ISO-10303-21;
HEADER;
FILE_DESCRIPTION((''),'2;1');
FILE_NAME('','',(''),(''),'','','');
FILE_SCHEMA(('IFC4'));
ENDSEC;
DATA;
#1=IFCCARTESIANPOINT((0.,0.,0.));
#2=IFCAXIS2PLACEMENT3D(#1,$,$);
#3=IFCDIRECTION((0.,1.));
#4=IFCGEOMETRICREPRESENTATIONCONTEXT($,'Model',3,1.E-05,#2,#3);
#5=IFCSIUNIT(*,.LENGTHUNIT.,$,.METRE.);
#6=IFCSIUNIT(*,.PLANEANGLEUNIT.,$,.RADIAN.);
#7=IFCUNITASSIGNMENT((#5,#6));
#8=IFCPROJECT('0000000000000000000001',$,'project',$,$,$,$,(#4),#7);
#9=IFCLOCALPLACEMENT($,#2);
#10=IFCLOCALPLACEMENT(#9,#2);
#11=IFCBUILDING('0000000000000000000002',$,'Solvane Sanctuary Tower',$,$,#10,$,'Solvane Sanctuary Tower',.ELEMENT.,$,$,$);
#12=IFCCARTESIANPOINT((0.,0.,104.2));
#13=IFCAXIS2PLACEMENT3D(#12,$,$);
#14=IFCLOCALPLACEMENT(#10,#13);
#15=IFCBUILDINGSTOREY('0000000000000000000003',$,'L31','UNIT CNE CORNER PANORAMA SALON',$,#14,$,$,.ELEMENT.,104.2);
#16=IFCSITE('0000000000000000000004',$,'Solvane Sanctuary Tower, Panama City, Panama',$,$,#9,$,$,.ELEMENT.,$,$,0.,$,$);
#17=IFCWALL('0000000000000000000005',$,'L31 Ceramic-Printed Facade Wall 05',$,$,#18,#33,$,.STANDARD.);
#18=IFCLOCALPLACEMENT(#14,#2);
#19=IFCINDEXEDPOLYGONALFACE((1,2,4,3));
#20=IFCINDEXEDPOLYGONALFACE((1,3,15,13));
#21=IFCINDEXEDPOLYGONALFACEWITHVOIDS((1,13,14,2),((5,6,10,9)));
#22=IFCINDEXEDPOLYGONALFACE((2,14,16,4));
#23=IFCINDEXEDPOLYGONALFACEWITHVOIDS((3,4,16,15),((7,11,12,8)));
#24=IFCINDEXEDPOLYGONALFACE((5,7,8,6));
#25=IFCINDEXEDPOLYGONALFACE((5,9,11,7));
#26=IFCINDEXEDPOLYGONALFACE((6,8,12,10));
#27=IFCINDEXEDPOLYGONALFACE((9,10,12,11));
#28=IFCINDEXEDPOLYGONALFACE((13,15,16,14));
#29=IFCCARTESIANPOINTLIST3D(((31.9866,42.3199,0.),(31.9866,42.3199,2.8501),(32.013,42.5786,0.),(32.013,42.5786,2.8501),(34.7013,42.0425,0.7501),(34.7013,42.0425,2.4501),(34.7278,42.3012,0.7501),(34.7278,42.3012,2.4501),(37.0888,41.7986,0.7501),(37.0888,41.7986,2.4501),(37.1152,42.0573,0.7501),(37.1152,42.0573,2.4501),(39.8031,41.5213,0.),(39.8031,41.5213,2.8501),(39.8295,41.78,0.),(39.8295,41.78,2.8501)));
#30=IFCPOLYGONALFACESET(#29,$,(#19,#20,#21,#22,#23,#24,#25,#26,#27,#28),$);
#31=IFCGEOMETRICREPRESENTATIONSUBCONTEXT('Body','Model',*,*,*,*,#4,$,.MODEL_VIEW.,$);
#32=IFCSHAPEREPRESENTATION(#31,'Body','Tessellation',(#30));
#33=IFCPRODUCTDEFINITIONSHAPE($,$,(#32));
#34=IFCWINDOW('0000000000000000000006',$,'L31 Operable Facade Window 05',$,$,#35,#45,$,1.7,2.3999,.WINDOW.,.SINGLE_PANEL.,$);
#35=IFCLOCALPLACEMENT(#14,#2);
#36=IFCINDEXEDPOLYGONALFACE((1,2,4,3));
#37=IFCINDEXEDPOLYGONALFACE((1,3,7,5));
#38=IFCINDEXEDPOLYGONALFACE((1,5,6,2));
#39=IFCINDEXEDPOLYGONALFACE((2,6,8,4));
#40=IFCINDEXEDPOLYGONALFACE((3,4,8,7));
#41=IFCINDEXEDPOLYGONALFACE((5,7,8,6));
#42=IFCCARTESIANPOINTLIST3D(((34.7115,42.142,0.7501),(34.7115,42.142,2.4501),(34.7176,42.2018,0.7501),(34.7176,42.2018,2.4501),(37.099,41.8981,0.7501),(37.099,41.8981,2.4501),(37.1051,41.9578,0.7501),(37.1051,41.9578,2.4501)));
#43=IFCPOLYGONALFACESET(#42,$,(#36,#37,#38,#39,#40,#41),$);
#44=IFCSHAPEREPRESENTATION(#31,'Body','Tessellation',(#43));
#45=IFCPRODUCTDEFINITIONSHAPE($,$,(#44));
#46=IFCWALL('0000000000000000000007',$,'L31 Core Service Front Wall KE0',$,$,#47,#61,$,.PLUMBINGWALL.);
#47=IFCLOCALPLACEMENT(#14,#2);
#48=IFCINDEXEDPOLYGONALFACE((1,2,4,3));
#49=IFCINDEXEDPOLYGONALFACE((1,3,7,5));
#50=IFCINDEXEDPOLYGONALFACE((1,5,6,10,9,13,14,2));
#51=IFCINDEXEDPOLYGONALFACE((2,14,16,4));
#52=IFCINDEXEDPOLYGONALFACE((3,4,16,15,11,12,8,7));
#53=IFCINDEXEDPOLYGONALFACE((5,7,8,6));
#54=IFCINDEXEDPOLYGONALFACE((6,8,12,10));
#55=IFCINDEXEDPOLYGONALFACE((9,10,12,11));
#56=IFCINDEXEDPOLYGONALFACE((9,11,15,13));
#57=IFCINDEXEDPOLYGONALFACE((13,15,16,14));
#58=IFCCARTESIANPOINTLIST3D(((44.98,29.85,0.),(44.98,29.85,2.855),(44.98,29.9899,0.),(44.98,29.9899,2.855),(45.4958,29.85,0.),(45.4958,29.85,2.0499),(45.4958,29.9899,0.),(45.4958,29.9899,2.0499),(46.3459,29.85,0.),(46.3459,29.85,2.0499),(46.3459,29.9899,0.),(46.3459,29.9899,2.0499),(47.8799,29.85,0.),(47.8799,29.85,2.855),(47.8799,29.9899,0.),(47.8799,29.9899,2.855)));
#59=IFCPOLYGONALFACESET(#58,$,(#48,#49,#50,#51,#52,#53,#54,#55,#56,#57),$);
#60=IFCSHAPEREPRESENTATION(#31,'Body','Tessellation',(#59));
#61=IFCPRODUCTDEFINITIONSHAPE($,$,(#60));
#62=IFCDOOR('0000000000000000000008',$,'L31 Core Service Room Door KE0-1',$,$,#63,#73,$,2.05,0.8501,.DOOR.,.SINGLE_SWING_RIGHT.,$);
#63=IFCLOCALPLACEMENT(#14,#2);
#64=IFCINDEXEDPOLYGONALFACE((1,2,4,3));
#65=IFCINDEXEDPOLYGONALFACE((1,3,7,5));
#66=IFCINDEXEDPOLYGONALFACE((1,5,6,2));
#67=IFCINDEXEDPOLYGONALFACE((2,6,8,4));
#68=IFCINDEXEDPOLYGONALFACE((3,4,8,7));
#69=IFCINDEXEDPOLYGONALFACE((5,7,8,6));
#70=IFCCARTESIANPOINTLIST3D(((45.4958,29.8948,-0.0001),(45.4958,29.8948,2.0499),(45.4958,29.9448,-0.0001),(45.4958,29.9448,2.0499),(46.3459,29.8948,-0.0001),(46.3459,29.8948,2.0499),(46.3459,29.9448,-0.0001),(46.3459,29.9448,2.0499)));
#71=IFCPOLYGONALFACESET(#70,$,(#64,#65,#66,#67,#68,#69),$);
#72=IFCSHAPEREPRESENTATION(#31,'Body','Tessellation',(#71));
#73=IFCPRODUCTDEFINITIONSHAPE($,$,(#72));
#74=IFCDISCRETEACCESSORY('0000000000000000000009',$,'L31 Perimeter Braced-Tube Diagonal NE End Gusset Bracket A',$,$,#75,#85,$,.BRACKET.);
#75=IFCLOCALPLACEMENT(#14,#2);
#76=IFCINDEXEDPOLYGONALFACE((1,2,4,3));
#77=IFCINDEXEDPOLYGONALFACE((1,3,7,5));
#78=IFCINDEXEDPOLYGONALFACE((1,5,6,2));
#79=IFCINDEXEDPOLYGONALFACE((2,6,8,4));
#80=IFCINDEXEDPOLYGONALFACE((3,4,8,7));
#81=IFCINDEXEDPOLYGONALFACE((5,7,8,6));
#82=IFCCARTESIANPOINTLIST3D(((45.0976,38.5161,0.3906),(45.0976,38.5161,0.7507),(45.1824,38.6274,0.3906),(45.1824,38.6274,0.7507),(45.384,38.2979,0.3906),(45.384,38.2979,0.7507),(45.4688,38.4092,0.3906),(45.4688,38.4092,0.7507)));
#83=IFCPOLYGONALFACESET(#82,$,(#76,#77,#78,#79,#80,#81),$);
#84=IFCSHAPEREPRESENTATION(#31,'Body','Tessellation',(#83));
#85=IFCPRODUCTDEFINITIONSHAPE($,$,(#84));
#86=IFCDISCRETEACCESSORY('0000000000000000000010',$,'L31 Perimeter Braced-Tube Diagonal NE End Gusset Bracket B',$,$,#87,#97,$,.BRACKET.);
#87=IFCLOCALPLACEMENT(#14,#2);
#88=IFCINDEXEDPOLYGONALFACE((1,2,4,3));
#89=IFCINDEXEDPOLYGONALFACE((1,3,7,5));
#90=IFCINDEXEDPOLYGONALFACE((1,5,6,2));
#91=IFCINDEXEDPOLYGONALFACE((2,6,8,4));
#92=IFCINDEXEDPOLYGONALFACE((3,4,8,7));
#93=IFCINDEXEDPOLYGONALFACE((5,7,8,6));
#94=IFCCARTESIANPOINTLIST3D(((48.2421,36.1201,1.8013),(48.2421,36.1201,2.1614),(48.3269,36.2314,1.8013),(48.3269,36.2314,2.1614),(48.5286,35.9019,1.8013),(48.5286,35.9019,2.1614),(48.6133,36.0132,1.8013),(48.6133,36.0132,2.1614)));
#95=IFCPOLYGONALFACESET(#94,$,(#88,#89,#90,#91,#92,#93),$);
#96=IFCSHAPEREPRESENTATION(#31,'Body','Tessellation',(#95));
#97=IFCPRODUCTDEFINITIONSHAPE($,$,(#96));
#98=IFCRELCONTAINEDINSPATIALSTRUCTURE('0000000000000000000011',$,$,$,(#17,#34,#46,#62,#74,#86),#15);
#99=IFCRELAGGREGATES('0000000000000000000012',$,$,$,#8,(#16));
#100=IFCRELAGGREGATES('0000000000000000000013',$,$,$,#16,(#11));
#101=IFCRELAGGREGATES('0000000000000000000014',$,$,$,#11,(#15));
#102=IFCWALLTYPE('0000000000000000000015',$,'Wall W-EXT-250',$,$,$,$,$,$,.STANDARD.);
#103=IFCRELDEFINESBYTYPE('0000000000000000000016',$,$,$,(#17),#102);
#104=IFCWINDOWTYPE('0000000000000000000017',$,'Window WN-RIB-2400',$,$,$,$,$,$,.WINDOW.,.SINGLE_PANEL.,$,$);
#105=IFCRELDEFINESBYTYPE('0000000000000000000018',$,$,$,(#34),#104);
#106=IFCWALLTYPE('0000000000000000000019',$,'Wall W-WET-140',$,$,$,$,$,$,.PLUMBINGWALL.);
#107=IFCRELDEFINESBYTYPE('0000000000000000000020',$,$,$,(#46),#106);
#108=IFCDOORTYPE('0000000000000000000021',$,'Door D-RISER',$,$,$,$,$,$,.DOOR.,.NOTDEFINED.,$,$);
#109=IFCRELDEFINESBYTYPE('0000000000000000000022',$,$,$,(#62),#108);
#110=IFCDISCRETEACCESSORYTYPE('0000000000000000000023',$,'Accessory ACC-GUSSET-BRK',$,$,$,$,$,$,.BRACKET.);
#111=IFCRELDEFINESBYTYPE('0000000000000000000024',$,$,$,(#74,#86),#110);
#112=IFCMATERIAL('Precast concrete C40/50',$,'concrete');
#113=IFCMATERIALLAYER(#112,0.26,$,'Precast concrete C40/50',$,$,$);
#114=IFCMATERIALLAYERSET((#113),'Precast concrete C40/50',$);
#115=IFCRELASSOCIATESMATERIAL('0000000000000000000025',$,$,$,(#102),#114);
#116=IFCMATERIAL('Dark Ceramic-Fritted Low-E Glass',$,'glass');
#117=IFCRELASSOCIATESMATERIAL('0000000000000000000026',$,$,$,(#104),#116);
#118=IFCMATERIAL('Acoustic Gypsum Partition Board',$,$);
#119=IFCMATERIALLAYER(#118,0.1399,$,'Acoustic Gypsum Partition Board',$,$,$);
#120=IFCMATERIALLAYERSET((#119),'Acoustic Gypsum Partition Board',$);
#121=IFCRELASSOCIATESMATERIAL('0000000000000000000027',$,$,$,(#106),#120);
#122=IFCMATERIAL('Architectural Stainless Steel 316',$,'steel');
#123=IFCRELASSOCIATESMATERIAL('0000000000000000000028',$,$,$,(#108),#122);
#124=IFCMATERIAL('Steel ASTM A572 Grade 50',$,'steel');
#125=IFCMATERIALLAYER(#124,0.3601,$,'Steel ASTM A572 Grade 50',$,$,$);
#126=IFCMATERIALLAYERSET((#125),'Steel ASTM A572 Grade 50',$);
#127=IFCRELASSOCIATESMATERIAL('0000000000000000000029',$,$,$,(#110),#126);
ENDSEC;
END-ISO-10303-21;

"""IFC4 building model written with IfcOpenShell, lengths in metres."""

from ifc_helpers import new_model, si_unit, direction, frame, frame_2d, origin, origin_2d, place, context, subcontext, project, spatial, rectangle, extrude, material, layer, layer_set, type_object, element, fill, save


model = new_model("IFC4")

# Units and contexts
model_context = context("Model", 3, precision=1e-05, world=origin(), true_north=direction((0.0, 1.0)))
body_context = subcontext(model_context, "Body", "Model", "MODEL_VIEW")
ifc_project = project(units=[si_unit("LENGTHUNIT", "METRE"), si_unit("PLANEANGLEUNIT", "RADIAN")], contexts=[model_context])

# Site, building, storey
site_placement = place(None, origin())
site = spatial("IfcSite", under=ifc_project, at=site_placement, Name="Solvane Sanctuary Tower, Panama City, Panama", CompositionType="ELEMENT", RefElevation=0.0)
building_placement = place(site_placement, origin())
building = spatial("IfcBuilding", under=site, at=building_placement, Name="Solvane Sanctuary Tower", LongName="Solvane Sanctuary Tower", CompositionType="ELEMENT")
storey_placement = place(building_placement, frame((0.0, 0.0, 104.2)))
storey = spatial("IfcBuildingStorey", under=building, at=storey_placement, Name="L31", Description="UNIT CNE CORNER PANORAMA SALON", CompositionType="ELEMENT", Elevation=104.2)

# Shared definitions
ifc_material_1 = material(Name="Acoustic Gypsum Partition Board")

# Shared definitions
ifc_material_2 = material(Name="Precast concrete C40/50", Category="concrete")
ifc_layer_1 = layer(ifc_material_2, 0.26, Name="Precast concrete C40/50")
ifc_layer_set_1 = layer_set([ifc_layer_1], Name="Precast concrete C40/50")
wall_type_1 = type_object("IfcWallType", Name="Wall W-EXT-250", PredefinedType="STANDARD", material=ifc_layer_set_1)
ifc_material_3 = material(Name="Dark Ceramic-Fritted Low-E Glass", Category="glass")
window_type_1 = type_object("IfcWindowType", Name="Window WN-RIB-2400", PartitioningType="SINGLE_PANEL", PredefinedType="WINDOW", material=ifc_material_3)

# Wall, opening, window
wall_1_placement = place(storey_placement, frame((39.8164, 41.6506, 0.0), z_axis=(0.0, 0.0, 1.0), x_axis=(-0.994821, 0.101639, 0.0)))
wall_1 = element("IfcWall", 1, at=wall_1_placement, inside=storey, type_object=wall_type_1, Name="L31 Ceramic-Printed Facade Wall 05", PredefinedType="STANDARD", context=body_context, shape_type="SweptSolid", body=[
    extrude(rectangle(XDim=7.8572, YDim=0.26, at=frame_2d((3.9287, 0.0))), origin(), (0.0, 0.0, 1.0), 2.8501),
])
opening_1_placement = place(wall_1_placement, frame((2.7285, 0.0, 0.75)))
opening_1 = element("IfcOpeningElement", 2, at=opening_1_placement, cuts=wall_1, PredefinedType="OPENING", context=body_context, shape_type="SweptSolid", body=[
    extrude(rectangle(XDim=2.3999, YDim=1.7, at=frame_2d((1.2, 0.8501))), frame((0.0, 0.1399, 0.0), z_axis=(0.0, -1.0, 0.0), x_axis=(1.0, 0.0, 0.0)), (0.0, 0.0, 1.0), 0.28),
])
window_1_placement = place(opening_1_placement, origin())
window_1 = element("IfcWindow", 3, at=window_1_placement, inside=storey, type_object=window_type_1, Name="L31 Operable Facade Window 05", OverallHeight=1.7, OverallWidth=2.3999, PartitioningType="SINGLE_PANEL", PredefinedType="WINDOW", context=body_context, shape_type="SweptSolid", body=[
    extrude(rectangle(XDim=2.3999, YDim=1.7, at=frame_2d((1.2, 0.8501))), frame((0.0, 0.03, 0.0), z_axis=(0.0, -1.0, 0.0), x_axis=(1.0, 0.0, 0.0)), (0.0, 0.0, 1.0), 0.0601),
])
fill(opening_1, window_1)

# Wall, opening, door
ifc_layer_2 = layer(ifc_material_1, 0.1399, Name="Acoustic Gypsum Partition Board")
ifc_layer_set_2 = layer_set([ifc_layer_2], Name="Acoustic Gypsum Partition Board")
wall_type_2 = type_object("IfcWallType", Name="Wall W-WET-140", PredefinedType="PLUMBINGWALL", material=ifc_layer_set_2)
wall_2_placement = place(storey_placement, frame((44.98, 29.9199, 0.0), z_axis=(0.0, 0.0, 1.0), x_axis=(1.0, 0.0, 0.0)))
wall_2 = element("IfcWall", 4, at=wall_2_placement, inside=storey, type_object=wall_type_2, Name="L31 Core Service Front Wall KE0", PredefinedType="PLUMBINGWALL", context=body_context, shape_type="SweptSolid", body=[
    extrude(rectangle(XDim=2.8999, YDim=0.1399, at=frame_2d((1.45, 0.0))), origin(), (0.0, 0.0, 1.0), 2.855),
])
opening_2_placement = place(wall_2_placement, frame((0.5159, 0.0, 0.0)))
opening_2 = element("IfcOpeningElement", 5, at=opening_2_placement, cuts=wall_2, PredefinedType="OPENING", context=body_context, shape_type="SweptSolid", body=[
    extrude(rectangle(XDim=0.8501, YDim=2.05, at=frame_2d((0.425, 1.0249))), frame((0.0, 0.0798, 0.0), z_axis=(0.0, -1.0, 0.0), x_axis=(1.0, 0.0, 0.0)), (0.0, 0.0, 1.0), 0.1599),
])
ifc_material_4 = material(Name="Architectural Stainless Steel 316", Category="steel")
door_type = type_object("IfcDoorType", Name="Door D-RISER", OperationType="NOTDEFINED", PredefinedType="DOOR", material=ifc_material_4)
door_placement = place(opening_2_placement, origin())
door = element("IfcDoor", 6, at=door_placement, inside=storey, type_object=door_type, Name="L31 Core Service Room Door KE0-1", OperationType="SINGLE_SWING_RIGHT", OverallHeight=2.05, OverallWidth=0.8501, PredefinedType="DOOR", context=body_context, shape_type="SweptSolid", body=[
    extrude(rectangle(XDim=0.8501, YDim=2.05, at=frame_2d((0.425, 1.0249))), frame((0.0, 0.0249, 0.0), z_axis=(0.0, -1.0, 0.0), x_axis=(1.0, 0.0, 0.0)), (0.0, 0.0, 1.0), 0.05),
])
fill(opening_2, door)

# Discrete accessories
ifc_material_5 = material(Name="Steel ASTM A572 Grade 50", Category="steel")
ifc_layer_3 = layer(ifc_material_5, 0.3601, Name="Steel ASTM A572 Grade 50")
ifc_layer_set_3 = layer_set([ifc_layer_3], Name="Steel ASTM A572 Grade 50")
discrete_accessory_type = type_object("IfcDiscreteAccessoryType", Name="Accessory ACC-GUSSET-BRK", PredefinedType="BRACKET", material=ifc_layer_set_3)
for number, where, z_axis, x_axis, name in (
    (7, (45.2832, 38.4626, 0.3906), (0.0, 0.0, 1.0), (0.795473, -0.605988, 0.0), "L31 Perimeter Braced-Tube Diagonal NE End Gusset Bracket A"),
    (8, (48.4277, 36.0667, 1.8013), (0.0, 0.0, 1.0), (0.795473, -0.605988, 0.0), "L31 Perimeter Braced-Tube Diagonal NE End Gusset Bracket B"),
):
    element("IfcDiscreteAccessory", number, at=place(storey_placement, frame(where, z_axis=z_axis, x_axis=x_axis)), inside=storey, type_object=discrete_accessory_type, Name=name, PredefinedType="BRACKET", context=body_context, shape_type="SweptSolid", body=[
        extrude(rectangle(XDim=0.3601, YDim=0.1399, at=origin_2d()), origin(), (0.0, 0.0, 1.0), 0.3601),
    ])

save(model, "model.ifc")
